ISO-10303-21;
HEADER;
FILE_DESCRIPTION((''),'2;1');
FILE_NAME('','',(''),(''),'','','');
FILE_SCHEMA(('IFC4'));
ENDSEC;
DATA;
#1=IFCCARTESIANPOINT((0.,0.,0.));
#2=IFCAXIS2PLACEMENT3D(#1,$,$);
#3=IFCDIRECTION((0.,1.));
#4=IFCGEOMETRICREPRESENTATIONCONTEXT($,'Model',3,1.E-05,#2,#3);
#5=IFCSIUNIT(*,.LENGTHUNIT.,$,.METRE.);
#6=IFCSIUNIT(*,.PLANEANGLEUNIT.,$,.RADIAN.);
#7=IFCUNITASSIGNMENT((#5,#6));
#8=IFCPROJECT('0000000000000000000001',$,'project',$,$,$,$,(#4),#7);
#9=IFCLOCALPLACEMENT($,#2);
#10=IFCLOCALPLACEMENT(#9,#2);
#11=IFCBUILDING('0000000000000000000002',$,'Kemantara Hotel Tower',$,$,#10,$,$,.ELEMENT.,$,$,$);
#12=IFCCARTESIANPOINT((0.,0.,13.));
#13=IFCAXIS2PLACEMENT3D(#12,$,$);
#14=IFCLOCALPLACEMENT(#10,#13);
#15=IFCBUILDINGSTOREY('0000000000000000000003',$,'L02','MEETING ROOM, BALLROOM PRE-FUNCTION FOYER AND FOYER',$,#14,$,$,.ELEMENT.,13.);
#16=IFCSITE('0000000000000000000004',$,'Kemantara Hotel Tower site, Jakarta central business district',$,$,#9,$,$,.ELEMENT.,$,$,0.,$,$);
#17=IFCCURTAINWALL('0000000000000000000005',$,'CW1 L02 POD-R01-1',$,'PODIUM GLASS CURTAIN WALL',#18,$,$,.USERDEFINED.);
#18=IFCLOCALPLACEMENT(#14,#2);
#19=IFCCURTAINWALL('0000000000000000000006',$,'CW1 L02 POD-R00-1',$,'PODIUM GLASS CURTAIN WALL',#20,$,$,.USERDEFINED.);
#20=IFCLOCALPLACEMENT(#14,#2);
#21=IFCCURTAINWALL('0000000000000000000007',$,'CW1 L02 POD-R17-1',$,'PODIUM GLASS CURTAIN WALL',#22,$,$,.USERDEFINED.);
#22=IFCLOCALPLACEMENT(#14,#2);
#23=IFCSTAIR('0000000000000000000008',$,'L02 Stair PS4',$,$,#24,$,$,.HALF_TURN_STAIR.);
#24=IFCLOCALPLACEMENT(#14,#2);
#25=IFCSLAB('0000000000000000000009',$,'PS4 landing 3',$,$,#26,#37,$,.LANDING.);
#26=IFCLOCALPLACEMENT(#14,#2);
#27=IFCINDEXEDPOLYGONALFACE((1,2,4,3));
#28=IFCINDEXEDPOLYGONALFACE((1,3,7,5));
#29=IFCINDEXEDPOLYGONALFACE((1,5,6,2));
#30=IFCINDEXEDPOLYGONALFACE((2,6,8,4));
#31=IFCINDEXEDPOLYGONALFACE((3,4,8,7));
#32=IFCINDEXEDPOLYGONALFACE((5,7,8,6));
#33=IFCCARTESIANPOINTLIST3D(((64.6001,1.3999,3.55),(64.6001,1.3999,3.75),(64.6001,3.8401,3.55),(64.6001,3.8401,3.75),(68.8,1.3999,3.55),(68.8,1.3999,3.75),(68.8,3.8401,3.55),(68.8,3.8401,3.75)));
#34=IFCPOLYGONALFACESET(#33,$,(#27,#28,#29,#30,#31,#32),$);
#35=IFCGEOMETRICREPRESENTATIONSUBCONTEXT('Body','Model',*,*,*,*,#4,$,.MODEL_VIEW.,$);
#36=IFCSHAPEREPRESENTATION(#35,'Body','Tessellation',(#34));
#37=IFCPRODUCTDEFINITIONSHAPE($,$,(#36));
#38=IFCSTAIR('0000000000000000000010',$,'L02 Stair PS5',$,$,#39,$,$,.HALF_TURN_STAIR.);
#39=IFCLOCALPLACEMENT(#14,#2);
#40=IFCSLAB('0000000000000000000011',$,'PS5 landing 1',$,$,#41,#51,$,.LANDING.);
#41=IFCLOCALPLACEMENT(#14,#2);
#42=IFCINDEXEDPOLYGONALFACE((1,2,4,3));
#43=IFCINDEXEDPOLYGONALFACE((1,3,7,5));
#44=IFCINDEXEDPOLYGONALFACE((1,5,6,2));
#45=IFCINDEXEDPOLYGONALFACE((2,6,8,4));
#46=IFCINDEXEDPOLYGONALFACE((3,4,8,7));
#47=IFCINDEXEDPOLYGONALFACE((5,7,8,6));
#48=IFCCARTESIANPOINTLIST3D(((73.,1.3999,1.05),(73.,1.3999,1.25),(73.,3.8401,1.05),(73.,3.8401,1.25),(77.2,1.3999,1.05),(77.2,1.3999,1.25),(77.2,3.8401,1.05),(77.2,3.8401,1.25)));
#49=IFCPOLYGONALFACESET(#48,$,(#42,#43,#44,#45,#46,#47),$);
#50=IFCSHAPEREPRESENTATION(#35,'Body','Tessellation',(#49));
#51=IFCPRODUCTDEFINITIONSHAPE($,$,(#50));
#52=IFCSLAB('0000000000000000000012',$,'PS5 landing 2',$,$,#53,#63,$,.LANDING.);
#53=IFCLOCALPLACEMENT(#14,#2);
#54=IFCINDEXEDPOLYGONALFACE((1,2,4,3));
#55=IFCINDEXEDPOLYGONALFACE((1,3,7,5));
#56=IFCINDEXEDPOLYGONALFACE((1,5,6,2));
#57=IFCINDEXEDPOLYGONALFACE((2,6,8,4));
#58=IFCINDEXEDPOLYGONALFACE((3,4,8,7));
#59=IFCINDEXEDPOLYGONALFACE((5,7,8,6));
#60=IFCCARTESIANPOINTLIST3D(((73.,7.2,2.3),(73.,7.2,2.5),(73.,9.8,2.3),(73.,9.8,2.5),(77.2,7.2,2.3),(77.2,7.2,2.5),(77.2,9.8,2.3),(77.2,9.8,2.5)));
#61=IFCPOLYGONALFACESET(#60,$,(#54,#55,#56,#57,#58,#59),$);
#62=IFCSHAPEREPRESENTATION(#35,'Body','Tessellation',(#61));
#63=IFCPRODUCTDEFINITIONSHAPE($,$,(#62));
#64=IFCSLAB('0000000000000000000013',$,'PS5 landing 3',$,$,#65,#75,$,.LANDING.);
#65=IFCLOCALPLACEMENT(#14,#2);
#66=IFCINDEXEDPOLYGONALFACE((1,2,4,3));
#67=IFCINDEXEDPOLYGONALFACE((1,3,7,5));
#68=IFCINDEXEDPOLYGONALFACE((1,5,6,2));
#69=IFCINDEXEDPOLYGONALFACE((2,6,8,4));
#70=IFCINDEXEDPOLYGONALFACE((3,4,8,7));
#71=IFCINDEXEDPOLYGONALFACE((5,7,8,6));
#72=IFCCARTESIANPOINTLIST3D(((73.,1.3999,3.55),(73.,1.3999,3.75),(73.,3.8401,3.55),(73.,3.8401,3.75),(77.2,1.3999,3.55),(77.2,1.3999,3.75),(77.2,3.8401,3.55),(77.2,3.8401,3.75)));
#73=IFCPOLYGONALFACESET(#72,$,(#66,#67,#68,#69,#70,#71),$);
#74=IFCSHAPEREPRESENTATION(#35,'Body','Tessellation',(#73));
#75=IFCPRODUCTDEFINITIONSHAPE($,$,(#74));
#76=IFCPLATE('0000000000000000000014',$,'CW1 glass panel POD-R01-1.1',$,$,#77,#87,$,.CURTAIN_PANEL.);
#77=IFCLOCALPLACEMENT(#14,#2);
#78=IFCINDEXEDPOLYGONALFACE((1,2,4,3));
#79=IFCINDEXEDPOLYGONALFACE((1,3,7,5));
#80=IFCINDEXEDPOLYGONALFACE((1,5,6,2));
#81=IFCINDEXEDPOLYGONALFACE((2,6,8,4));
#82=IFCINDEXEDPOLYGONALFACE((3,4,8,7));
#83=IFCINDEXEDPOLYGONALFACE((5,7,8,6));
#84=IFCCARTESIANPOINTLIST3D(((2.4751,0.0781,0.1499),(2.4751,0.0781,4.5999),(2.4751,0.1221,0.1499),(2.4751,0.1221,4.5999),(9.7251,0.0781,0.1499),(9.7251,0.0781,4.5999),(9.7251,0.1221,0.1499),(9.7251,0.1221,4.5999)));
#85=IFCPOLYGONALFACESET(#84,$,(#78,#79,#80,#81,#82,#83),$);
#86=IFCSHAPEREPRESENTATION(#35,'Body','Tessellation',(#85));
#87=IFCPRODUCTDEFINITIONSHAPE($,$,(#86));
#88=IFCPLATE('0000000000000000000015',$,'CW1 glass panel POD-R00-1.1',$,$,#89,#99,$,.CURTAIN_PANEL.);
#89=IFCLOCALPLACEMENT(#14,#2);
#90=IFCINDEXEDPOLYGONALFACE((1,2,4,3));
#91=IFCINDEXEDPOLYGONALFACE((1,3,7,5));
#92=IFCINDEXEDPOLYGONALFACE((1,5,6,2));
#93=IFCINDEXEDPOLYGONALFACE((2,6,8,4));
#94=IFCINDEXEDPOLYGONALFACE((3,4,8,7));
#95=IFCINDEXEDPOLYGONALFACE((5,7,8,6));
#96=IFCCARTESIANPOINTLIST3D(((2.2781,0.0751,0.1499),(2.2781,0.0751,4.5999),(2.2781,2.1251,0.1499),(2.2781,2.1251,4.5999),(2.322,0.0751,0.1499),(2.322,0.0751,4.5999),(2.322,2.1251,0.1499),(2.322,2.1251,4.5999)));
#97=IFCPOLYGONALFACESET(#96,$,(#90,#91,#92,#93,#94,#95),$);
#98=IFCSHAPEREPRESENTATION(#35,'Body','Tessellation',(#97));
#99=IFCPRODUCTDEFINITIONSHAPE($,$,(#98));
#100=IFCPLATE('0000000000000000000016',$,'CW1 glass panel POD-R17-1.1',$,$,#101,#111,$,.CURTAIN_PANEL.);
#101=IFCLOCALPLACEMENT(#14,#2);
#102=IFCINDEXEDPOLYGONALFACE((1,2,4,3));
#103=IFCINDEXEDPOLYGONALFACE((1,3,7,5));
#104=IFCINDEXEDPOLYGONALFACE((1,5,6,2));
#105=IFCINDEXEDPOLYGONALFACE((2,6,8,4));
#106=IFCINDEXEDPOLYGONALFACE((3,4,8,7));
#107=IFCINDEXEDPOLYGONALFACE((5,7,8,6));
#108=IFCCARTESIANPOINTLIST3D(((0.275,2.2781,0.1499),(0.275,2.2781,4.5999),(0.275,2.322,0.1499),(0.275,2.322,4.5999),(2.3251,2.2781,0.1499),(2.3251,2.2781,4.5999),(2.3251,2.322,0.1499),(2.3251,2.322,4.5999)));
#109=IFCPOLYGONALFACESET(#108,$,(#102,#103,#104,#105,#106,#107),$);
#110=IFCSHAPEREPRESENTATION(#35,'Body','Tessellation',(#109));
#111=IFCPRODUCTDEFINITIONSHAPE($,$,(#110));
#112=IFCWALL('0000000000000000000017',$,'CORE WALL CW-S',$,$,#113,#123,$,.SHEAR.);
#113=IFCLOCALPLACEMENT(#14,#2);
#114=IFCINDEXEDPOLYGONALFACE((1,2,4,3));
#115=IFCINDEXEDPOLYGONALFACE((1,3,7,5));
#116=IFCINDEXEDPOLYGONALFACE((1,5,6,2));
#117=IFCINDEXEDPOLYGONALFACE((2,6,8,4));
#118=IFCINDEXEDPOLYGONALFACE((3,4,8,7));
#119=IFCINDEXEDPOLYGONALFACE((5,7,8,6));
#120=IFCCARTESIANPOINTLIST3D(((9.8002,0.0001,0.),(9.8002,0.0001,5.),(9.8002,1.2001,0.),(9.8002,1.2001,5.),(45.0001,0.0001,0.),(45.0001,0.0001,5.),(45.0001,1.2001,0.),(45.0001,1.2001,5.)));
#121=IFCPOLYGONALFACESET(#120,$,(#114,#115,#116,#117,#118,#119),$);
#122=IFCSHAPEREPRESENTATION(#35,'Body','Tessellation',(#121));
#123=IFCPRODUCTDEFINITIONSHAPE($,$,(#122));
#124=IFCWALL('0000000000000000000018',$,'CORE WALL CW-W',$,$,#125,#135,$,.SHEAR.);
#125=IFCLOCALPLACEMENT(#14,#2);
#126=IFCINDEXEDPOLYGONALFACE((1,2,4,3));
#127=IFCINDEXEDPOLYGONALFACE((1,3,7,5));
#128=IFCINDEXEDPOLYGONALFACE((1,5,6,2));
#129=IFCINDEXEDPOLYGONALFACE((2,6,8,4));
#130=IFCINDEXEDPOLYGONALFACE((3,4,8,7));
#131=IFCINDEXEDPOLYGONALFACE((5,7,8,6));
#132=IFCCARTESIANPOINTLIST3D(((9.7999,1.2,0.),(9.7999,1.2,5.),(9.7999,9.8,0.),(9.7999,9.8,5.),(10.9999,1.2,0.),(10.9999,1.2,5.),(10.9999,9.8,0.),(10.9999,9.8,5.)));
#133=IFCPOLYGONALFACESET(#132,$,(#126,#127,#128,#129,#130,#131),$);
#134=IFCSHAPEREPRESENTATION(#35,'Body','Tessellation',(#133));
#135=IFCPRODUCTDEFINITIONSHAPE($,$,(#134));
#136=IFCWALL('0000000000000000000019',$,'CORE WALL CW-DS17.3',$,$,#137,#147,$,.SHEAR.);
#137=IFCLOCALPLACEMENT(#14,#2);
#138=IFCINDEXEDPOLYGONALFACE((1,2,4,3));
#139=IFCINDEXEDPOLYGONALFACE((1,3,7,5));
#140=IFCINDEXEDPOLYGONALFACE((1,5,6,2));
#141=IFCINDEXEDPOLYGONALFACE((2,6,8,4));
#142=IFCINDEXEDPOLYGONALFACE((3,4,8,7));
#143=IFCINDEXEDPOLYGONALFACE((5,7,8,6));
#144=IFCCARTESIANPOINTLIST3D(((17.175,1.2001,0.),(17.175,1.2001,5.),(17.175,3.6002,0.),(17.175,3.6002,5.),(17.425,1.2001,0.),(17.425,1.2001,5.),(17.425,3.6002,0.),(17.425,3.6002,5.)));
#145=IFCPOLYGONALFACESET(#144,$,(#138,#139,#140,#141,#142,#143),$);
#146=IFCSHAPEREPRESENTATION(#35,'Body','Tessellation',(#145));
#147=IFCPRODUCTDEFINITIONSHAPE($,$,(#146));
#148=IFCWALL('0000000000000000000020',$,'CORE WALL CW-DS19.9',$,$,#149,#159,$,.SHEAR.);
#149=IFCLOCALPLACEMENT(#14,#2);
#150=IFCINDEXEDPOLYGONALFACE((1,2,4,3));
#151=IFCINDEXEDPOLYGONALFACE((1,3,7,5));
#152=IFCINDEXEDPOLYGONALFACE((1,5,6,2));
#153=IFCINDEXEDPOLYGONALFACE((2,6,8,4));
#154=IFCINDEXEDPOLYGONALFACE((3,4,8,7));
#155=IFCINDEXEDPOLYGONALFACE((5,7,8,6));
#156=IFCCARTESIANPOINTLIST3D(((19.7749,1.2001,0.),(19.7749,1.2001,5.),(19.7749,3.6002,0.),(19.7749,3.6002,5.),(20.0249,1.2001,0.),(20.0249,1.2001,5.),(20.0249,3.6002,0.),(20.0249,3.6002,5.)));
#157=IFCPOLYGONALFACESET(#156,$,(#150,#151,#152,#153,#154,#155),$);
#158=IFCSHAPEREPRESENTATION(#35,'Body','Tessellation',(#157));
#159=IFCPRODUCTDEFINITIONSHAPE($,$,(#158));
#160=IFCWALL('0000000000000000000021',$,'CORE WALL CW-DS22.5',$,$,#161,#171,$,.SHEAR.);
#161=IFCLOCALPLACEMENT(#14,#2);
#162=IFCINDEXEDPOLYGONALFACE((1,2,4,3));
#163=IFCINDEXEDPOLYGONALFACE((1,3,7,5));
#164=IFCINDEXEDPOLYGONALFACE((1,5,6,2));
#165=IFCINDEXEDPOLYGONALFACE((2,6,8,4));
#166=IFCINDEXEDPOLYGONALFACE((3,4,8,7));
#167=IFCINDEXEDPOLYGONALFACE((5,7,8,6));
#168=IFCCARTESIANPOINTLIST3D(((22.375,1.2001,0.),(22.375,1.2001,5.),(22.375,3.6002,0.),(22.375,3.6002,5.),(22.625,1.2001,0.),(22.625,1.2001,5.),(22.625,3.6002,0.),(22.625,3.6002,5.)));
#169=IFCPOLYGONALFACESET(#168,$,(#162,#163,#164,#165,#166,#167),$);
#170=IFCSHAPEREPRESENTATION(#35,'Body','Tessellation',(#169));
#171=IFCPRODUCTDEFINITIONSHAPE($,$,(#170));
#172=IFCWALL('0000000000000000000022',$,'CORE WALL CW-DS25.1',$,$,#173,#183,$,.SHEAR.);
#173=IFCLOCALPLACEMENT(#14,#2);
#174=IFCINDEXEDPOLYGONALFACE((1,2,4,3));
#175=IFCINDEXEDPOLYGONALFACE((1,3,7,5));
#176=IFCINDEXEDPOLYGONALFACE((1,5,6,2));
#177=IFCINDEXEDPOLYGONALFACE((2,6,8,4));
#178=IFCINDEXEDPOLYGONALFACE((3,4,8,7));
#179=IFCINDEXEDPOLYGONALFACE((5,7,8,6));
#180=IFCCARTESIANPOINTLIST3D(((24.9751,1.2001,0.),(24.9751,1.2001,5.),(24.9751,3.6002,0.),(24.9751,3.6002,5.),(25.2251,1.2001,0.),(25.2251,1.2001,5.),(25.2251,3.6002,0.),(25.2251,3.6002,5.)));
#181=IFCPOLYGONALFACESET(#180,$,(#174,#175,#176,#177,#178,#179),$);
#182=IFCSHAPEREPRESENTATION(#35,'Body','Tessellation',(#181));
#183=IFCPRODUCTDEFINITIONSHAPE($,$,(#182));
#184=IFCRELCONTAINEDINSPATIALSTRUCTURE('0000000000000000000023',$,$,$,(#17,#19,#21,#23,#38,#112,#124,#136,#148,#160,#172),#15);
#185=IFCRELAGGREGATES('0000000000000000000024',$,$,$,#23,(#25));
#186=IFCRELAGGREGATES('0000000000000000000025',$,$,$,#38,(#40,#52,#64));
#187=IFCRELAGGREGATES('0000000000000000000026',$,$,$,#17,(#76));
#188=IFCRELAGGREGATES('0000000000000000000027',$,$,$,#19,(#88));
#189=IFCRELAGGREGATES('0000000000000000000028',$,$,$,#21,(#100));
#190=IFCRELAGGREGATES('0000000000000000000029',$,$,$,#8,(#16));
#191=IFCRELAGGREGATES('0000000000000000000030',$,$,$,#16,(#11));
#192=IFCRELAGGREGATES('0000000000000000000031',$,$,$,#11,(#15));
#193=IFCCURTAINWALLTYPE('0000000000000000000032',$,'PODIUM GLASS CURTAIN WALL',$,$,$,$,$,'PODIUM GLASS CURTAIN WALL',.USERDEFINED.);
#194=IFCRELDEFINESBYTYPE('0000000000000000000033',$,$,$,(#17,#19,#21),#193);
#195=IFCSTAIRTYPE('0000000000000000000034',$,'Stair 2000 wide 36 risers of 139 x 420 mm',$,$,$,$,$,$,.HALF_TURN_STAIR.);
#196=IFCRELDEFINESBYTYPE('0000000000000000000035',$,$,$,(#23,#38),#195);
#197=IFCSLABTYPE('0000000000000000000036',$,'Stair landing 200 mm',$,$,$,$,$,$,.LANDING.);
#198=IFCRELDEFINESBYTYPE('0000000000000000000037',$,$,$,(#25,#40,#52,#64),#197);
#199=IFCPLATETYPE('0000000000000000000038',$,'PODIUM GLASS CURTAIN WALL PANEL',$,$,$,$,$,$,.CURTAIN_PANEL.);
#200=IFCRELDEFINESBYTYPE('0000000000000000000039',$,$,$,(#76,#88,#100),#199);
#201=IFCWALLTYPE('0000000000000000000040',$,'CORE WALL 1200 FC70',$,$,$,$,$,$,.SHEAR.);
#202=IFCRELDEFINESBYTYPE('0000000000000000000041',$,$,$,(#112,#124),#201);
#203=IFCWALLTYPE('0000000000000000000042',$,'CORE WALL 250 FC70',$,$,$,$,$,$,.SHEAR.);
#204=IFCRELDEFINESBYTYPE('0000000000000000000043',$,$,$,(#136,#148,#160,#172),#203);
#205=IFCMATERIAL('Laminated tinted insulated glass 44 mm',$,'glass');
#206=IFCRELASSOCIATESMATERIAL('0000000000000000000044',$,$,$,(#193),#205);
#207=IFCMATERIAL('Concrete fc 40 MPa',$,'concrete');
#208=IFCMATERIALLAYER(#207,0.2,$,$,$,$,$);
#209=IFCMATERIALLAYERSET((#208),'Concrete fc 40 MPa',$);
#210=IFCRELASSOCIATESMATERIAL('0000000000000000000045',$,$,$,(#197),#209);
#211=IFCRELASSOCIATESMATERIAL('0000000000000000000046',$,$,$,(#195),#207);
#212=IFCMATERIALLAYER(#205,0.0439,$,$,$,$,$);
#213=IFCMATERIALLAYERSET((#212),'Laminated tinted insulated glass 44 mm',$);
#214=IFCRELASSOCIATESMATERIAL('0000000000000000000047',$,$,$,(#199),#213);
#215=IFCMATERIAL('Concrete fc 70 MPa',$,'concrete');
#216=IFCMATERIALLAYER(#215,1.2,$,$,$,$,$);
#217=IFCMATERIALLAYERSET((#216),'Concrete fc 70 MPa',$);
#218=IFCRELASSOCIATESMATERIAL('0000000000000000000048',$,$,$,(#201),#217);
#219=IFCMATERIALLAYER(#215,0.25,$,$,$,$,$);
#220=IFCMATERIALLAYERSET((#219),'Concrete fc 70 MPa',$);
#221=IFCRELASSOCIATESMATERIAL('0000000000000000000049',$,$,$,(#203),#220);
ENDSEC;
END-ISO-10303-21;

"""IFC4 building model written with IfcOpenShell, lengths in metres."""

from ifc_helpers import new_model, si_unit, direction, frame, frame_2d, origin, origin_2d, place, context, subcontext, project, spatial, polyline, rectangle, outline, extrude, source, transform, mapped, material, layer, layer_set, type_object, element, aggregate, save


model = new_model("IFC4")

# Units and contexts
model_context = context("Model", 3, precision=1e-05, world=origin(), true_north=direction((0.0, 1.0)))
body_context = subcontext(model_context, "Body", "Model", "MODEL_VIEW")
ifc_project = project(units=[si_unit("LENGTHUNIT", "METRE"), si_unit("PLANEANGLEUNIT", "RADIAN")], contexts=[model_context])

# Site, building, storey
site_placement = place(None, origin())
site = spatial("IfcSite", under=ifc_project, at=site_placement, Name="Kemantara Hotel Tower site, Jakarta central business district", CompositionType="ELEMENT", RefElevation=0.0)
building_placement = place(site_placement, origin())
building = spatial("IfcBuilding", under=site, at=building_placement, Name="Kemantara Hotel Tower", CompositionType="ELEMENT")
storey_placement = place(building_placement, frame((0.0, 0.0, 13.0)))
storey = spatial("IfcBuildingStorey", under=building, at=storey_placement, Name="L02", Description="MEETING ROOM, BALLROOM PRE-FUNCTION FOYER AND FOYER", CompositionType="ELEMENT", Elevation=13.0)

# Shared definitions
ifc_material_1 = material(Name="Concrete fc 70 MPa", Category="concrete")

# Curtain walls
ifc_material_2 = material(Name="Laminated tinted insulated glass 44 mm", Category="glass")
curtain_wall_type = type_object("IfcCurtainWallType", Name="PODIUM GLASS CURTAIN WALL", ElementType="PODIUM GLASS CURTAIN WALL", PredefinedType="USERDEFINED", material=ifc_material_2)
curtain_wall_1_placement = place(storey_placement, origin())
curtain_wall_1 = element("IfcCurtainWall", 1, at=curtain_wall_1_placement, inside=storey, type_object=curtain_wall_type, Name="CW1 L02 POD-R01-1", ObjectType="PODIUM GLASS CURTAIN WALL", PredefinedType="USERDEFINED")
curtain_wall_2_placement = place(storey_placement, origin())
curtain_wall_2 = element("IfcCurtainWall", 2, at=curtain_wall_2_placement, inside=storey, type_object=curtain_wall_type, Name="CW1 L02 POD-R00-1", ObjectType="PODIUM GLASS CURTAIN WALL", PredefinedType="USERDEFINED")
curtain_wall_3_placement = place(storey_placement, origin())
curtain_wall_3 = element("IfcCurtainWall", 3, at=curtain_wall_3_placement, inside=storey, type_object=curtain_wall_type, Name="CW1 L02 POD-R17-1", ObjectType="PODIUM GLASS CURTAIN WALL", PredefinedType="USERDEFINED")

# Shared definitions
ifc_material_3 = material(Name="Concrete fc 40 MPa", Category="concrete")
ifc_layer_1 = layer(ifc_material_3, 0.2)
ifc_layer_set_1 = layer_set([ifc_layer_1], Name="Concrete fc 40 MPa")
slab_type = type_object("IfcSlabType", Name="Stair landing 200 mm", PredefinedType="LANDING", material=ifc_layer_set_1)

# Stairs, slabs
stair_type_1 = type_object("IfcStairType", Name="Stair 2000 wide 36 risers of 139 x 420 mm", PredefinedType="HALF_TURN_STAIR", material=ifc_material_3)
stair_1_placement = place(storey_placement, origin())
stair_1 = element("IfcStair", 4, at=stair_1_placement, inside=storey, type_object=stair_type_1, Name="L02 Stair PS4", PredefinedType="HALF_TURN_STAIR")
slab_1_placement = place(storey_placement, frame((0.0, 0.0, 3.55)))
slab_1 = element("IfcSlab", 5, at=slab_1_placement, type_object=slab_type, Name="PS4 landing 3", PredefinedType="LANDING", context=body_context, shape_type="SweptSolid", body=[
    extrude(outline(polyline([(64.6001, 3.8401), (64.6001, 1.3999), (68.8, 1.3999), (68.8, 3.8401), (64.6001, 3.8401)])), origin(), (0.0, 0.0, 1.0), 0.2),
])
aggregate(stair_1, [slab_1])
stair_2_placement = place(storey_placement, origin())
stair_2 = element("IfcStair", 6, at=stair_2_placement, inside=storey, type_object=stair_type_1, Name="L02 Stair PS5", PredefinedType="HALF_TURN_STAIR")
slab_2_placement = place(storey_placement, frame((0.0, 0.0, 1.05)))
slab_2 = element("IfcSlab", 7, at=slab_2_placement, type_object=slab_type, Name="PS5 landing 1", PredefinedType="LANDING", context=body_context, shape_type="SweptSolid", body=[
    extrude(outline(polyline([(73.0, 3.8401), (73.0, 1.3999), (77.2, 1.3999), (77.2, 3.8401), (73.0, 3.8401)])), origin(), (0.0, 0.0, 1.0), 0.2),
])
slab_3_placement = place(storey_placement, frame((0.0, 0.0, 2.3)))
slab_3 = element("IfcSlab", 8, at=slab_3_placement, type_object=slab_type, Name="PS5 landing 2", PredefinedType="LANDING", context=body_context, shape_type="SweptSolid", body=[
    extrude(outline(polyline([(73.0, 9.8), (73.0, 7.2), (77.2, 7.2), (77.2, 9.8), (73.0, 9.8)])), origin(), (0.0, 0.0, 1.0), 0.2),
])
slab_4_placement = place(storey_placement, frame((0.0, 0.0, 3.55)))
slab_4 = element("IfcSlab", 9, at=slab_4_placement, type_object=slab_type, Name="PS5 landing 3", PredefinedType="LANDING", context=body_context, shape_type="SweptSolid", body=[
    extrude(outline(polyline([(73.0, 3.8401), (73.0, 1.3999), (77.2, 1.3999), (77.2, 3.8401), (73.0, 3.8401)])), origin(), (0.0, 0.0, 1.0), 0.2),
])
aggregate(stair_2, [slab_2, slab_3, slab_4])

# Plates
ifc_layer_2 = layer(ifc_material_2, 0.0439)
ifc_layer_set_2 = layer_set([ifc_layer_2], Name="Laminated tinted insulated glass 44 mm")
plate_type = type_object("IfcPlateType", Name="PODIUM GLASS CURTAIN WALL PANEL", PredefinedType="CURTAIN_PANEL", material=ifc_layer_set_2)
shared_shape_1 = source(origin(), body_context, "Body", "SweptSolid", [
    extrude(rectangle(XDim=7.25, YDim=0.0439, at=origin_2d()), origin(), (0.0, 0.0, 1.0), 4.45),
])
plate_1_placement = place(storey_placement, frame((6.1001, 0.1001, 0.1499), z_axis=(0.0, 0.0, 1.0), x_axis=(1.0, 0.0, 0.0)))
plate_1 = element("IfcPlate", 10, at=plate_1_placement, type_object=plate_type, Name="CW1 glass panel POD-R01-1.1", PredefinedType="CURTAIN_PANEL", context=body_context, shape_type="MappedRepresentation", body=[
    mapped(shared_shape_1, transform((0.0, 0.0, 0.0))),
])
aggregate(curtain_wall_1, [plate_1])
shared_shape_2 = source(origin(), body_context, "Body", "SweptSolid", [
    extrude(rectangle(XDim=2.05, YDim=0.0439, at=origin_2d()), origin(), (0.0, 0.0, 1.0), 4.45),
])
plate_2_placement = place(storey_placement, frame((2.3, 1.1001, 0.1499), z_axis=(0.0, 0.0, 1.0), x_axis=(0.0, -1.0, 0.0)))
plate_2 = element("IfcPlate", 11, at=plate_2_placement, type_object=plate_type, Name="CW1 glass panel POD-R00-1.1", PredefinedType="CURTAIN_PANEL", context=body_context, shape_type="MappedRepresentation", body=[
    mapped(shared_shape_2, transform((0.0, 0.0, 0.0))),
])
aggregate(curtain_wall_2, [plate_2])
plate_3_placement = place(storey_placement, frame((1.3, 2.3, 0.1499), z_axis=(0.0, 0.0, 1.0), x_axis=(1.0, 0.0, 0.0)))
plate_3 = element("IfcPlate", 12, at=plate_3_placement, type_object=plate_type, Name="CW1 glass panel POD-R17-1.1", PredefinedType="CURTAIN_PANEL", context=body_context, shape_type="MappedRepresentation", body=[
    mapped(shared_shape_2, transform((0.0, 0.0, 0.0))),
])
aggregate(curtain_wall_3, [plate_3])

# Walls
ifc_layer_3 = layer(ifc_material_1, 1.2)
ifc_layer_set_3 = layer_set([ifc_layer_3], Name="Concrete fc 70 MPa")
wall_type_1 = type_object("IfcWallType", Name="CORE WALL 1200 FC70", PredefinedType="SHEAR", material=ifc_layer_set_3)
wall_1_placement = place(storey_placement, frame((9.8, 0.6001, 0.0), z_axis=(0.0, 0.0, 1.0), x_axis=(1.0, 0.0, 0.0)))
element("IfcWall", 13, at=wall_1_placement, inside=storey, type_object=wall_type_1, Name="CORE WALL CW-S", PredefinedType="SHEAR", context=body_context, shape_type="SweptSolid", body=[
    extrude(rectangle(XDim=35.2, YDim=1.2, at=frame_2d((17.6001, 0.0))), origin(), (0.0, 0.0, 1.0), 5.0),
])
wall_2_placement = place(storey_placement, frame((10.3999, 1.2, 0.0), z_axis=(0.0, 0.0, 1.0), x_axis=(0.0, 1.0, 0.0)))
element("IfcWall", 14, at=wall_2_placement, inside=storey, type_object=wall_type_1, Name="CORE WALL CW-W", PredefinedType="SHEAR", context=body_context, shape_type="SweptSolid", body=[
    extrude(rectangle(XDim=8.6001, YDim=1.2, at=frame_2d((4.3, 0.0))), origin(), (0.0, 0.0, 1.0), 5.0),
])
ifc_layer_4 = layer(ifc_material_1, 0.25)
ifc_layer_set_4 = layer_set([ifc_layer_4], Name="Concrete fc 70 MPa")
wall_type_2 = type_object("IfcWallType", Name="CORE WALL 250 FC70", PredefinedType="SHEAR", material=ifc_layer_set_4)
for number, where, z_axis, x_axis, name in (
    (15, (17.3, 1.2, 0.0), (0.0, 0.0, 1.0), (0.0, 1.0, 0.0), "CORE WALL CW-DS17.3"),
    (16, (19.8999, 1.2, 0.0), (0.0, 0.0, 1.0), (0.0, 1.0, 0.0), "CORE WALL CW-DS19.9"),
    (17, (22.5, 1.2, 0.0), (0.0, 0.0, 1.0), (0.0, 1.0, 0.0), "CORE WALL CW-DS22.5"),
    (18, (25.1001, 1.2, 0.0), (0.0, 0.0, 1.0), (0.0, 1.0, 0.0), "CORE WALL CW-DS25.1"),
):
    element("IfcWall", number, at=place(storey_placement, frame(where, z_axis=z_axis, x_axis=x_axis)), inside=storey, type_object=wall_type_2, Name=name, PredefinedType="SHEAR", context=body_context, shape_type="SweptSolid", body=[
        extrude(rectangle(XDim=2.4001, YDim=0.25, at=frame_2d((1.2002, 0.0))), origin(), (0.0, 0.0, 1.0), 5.0),
    ])

save(model, "model.ifc")
